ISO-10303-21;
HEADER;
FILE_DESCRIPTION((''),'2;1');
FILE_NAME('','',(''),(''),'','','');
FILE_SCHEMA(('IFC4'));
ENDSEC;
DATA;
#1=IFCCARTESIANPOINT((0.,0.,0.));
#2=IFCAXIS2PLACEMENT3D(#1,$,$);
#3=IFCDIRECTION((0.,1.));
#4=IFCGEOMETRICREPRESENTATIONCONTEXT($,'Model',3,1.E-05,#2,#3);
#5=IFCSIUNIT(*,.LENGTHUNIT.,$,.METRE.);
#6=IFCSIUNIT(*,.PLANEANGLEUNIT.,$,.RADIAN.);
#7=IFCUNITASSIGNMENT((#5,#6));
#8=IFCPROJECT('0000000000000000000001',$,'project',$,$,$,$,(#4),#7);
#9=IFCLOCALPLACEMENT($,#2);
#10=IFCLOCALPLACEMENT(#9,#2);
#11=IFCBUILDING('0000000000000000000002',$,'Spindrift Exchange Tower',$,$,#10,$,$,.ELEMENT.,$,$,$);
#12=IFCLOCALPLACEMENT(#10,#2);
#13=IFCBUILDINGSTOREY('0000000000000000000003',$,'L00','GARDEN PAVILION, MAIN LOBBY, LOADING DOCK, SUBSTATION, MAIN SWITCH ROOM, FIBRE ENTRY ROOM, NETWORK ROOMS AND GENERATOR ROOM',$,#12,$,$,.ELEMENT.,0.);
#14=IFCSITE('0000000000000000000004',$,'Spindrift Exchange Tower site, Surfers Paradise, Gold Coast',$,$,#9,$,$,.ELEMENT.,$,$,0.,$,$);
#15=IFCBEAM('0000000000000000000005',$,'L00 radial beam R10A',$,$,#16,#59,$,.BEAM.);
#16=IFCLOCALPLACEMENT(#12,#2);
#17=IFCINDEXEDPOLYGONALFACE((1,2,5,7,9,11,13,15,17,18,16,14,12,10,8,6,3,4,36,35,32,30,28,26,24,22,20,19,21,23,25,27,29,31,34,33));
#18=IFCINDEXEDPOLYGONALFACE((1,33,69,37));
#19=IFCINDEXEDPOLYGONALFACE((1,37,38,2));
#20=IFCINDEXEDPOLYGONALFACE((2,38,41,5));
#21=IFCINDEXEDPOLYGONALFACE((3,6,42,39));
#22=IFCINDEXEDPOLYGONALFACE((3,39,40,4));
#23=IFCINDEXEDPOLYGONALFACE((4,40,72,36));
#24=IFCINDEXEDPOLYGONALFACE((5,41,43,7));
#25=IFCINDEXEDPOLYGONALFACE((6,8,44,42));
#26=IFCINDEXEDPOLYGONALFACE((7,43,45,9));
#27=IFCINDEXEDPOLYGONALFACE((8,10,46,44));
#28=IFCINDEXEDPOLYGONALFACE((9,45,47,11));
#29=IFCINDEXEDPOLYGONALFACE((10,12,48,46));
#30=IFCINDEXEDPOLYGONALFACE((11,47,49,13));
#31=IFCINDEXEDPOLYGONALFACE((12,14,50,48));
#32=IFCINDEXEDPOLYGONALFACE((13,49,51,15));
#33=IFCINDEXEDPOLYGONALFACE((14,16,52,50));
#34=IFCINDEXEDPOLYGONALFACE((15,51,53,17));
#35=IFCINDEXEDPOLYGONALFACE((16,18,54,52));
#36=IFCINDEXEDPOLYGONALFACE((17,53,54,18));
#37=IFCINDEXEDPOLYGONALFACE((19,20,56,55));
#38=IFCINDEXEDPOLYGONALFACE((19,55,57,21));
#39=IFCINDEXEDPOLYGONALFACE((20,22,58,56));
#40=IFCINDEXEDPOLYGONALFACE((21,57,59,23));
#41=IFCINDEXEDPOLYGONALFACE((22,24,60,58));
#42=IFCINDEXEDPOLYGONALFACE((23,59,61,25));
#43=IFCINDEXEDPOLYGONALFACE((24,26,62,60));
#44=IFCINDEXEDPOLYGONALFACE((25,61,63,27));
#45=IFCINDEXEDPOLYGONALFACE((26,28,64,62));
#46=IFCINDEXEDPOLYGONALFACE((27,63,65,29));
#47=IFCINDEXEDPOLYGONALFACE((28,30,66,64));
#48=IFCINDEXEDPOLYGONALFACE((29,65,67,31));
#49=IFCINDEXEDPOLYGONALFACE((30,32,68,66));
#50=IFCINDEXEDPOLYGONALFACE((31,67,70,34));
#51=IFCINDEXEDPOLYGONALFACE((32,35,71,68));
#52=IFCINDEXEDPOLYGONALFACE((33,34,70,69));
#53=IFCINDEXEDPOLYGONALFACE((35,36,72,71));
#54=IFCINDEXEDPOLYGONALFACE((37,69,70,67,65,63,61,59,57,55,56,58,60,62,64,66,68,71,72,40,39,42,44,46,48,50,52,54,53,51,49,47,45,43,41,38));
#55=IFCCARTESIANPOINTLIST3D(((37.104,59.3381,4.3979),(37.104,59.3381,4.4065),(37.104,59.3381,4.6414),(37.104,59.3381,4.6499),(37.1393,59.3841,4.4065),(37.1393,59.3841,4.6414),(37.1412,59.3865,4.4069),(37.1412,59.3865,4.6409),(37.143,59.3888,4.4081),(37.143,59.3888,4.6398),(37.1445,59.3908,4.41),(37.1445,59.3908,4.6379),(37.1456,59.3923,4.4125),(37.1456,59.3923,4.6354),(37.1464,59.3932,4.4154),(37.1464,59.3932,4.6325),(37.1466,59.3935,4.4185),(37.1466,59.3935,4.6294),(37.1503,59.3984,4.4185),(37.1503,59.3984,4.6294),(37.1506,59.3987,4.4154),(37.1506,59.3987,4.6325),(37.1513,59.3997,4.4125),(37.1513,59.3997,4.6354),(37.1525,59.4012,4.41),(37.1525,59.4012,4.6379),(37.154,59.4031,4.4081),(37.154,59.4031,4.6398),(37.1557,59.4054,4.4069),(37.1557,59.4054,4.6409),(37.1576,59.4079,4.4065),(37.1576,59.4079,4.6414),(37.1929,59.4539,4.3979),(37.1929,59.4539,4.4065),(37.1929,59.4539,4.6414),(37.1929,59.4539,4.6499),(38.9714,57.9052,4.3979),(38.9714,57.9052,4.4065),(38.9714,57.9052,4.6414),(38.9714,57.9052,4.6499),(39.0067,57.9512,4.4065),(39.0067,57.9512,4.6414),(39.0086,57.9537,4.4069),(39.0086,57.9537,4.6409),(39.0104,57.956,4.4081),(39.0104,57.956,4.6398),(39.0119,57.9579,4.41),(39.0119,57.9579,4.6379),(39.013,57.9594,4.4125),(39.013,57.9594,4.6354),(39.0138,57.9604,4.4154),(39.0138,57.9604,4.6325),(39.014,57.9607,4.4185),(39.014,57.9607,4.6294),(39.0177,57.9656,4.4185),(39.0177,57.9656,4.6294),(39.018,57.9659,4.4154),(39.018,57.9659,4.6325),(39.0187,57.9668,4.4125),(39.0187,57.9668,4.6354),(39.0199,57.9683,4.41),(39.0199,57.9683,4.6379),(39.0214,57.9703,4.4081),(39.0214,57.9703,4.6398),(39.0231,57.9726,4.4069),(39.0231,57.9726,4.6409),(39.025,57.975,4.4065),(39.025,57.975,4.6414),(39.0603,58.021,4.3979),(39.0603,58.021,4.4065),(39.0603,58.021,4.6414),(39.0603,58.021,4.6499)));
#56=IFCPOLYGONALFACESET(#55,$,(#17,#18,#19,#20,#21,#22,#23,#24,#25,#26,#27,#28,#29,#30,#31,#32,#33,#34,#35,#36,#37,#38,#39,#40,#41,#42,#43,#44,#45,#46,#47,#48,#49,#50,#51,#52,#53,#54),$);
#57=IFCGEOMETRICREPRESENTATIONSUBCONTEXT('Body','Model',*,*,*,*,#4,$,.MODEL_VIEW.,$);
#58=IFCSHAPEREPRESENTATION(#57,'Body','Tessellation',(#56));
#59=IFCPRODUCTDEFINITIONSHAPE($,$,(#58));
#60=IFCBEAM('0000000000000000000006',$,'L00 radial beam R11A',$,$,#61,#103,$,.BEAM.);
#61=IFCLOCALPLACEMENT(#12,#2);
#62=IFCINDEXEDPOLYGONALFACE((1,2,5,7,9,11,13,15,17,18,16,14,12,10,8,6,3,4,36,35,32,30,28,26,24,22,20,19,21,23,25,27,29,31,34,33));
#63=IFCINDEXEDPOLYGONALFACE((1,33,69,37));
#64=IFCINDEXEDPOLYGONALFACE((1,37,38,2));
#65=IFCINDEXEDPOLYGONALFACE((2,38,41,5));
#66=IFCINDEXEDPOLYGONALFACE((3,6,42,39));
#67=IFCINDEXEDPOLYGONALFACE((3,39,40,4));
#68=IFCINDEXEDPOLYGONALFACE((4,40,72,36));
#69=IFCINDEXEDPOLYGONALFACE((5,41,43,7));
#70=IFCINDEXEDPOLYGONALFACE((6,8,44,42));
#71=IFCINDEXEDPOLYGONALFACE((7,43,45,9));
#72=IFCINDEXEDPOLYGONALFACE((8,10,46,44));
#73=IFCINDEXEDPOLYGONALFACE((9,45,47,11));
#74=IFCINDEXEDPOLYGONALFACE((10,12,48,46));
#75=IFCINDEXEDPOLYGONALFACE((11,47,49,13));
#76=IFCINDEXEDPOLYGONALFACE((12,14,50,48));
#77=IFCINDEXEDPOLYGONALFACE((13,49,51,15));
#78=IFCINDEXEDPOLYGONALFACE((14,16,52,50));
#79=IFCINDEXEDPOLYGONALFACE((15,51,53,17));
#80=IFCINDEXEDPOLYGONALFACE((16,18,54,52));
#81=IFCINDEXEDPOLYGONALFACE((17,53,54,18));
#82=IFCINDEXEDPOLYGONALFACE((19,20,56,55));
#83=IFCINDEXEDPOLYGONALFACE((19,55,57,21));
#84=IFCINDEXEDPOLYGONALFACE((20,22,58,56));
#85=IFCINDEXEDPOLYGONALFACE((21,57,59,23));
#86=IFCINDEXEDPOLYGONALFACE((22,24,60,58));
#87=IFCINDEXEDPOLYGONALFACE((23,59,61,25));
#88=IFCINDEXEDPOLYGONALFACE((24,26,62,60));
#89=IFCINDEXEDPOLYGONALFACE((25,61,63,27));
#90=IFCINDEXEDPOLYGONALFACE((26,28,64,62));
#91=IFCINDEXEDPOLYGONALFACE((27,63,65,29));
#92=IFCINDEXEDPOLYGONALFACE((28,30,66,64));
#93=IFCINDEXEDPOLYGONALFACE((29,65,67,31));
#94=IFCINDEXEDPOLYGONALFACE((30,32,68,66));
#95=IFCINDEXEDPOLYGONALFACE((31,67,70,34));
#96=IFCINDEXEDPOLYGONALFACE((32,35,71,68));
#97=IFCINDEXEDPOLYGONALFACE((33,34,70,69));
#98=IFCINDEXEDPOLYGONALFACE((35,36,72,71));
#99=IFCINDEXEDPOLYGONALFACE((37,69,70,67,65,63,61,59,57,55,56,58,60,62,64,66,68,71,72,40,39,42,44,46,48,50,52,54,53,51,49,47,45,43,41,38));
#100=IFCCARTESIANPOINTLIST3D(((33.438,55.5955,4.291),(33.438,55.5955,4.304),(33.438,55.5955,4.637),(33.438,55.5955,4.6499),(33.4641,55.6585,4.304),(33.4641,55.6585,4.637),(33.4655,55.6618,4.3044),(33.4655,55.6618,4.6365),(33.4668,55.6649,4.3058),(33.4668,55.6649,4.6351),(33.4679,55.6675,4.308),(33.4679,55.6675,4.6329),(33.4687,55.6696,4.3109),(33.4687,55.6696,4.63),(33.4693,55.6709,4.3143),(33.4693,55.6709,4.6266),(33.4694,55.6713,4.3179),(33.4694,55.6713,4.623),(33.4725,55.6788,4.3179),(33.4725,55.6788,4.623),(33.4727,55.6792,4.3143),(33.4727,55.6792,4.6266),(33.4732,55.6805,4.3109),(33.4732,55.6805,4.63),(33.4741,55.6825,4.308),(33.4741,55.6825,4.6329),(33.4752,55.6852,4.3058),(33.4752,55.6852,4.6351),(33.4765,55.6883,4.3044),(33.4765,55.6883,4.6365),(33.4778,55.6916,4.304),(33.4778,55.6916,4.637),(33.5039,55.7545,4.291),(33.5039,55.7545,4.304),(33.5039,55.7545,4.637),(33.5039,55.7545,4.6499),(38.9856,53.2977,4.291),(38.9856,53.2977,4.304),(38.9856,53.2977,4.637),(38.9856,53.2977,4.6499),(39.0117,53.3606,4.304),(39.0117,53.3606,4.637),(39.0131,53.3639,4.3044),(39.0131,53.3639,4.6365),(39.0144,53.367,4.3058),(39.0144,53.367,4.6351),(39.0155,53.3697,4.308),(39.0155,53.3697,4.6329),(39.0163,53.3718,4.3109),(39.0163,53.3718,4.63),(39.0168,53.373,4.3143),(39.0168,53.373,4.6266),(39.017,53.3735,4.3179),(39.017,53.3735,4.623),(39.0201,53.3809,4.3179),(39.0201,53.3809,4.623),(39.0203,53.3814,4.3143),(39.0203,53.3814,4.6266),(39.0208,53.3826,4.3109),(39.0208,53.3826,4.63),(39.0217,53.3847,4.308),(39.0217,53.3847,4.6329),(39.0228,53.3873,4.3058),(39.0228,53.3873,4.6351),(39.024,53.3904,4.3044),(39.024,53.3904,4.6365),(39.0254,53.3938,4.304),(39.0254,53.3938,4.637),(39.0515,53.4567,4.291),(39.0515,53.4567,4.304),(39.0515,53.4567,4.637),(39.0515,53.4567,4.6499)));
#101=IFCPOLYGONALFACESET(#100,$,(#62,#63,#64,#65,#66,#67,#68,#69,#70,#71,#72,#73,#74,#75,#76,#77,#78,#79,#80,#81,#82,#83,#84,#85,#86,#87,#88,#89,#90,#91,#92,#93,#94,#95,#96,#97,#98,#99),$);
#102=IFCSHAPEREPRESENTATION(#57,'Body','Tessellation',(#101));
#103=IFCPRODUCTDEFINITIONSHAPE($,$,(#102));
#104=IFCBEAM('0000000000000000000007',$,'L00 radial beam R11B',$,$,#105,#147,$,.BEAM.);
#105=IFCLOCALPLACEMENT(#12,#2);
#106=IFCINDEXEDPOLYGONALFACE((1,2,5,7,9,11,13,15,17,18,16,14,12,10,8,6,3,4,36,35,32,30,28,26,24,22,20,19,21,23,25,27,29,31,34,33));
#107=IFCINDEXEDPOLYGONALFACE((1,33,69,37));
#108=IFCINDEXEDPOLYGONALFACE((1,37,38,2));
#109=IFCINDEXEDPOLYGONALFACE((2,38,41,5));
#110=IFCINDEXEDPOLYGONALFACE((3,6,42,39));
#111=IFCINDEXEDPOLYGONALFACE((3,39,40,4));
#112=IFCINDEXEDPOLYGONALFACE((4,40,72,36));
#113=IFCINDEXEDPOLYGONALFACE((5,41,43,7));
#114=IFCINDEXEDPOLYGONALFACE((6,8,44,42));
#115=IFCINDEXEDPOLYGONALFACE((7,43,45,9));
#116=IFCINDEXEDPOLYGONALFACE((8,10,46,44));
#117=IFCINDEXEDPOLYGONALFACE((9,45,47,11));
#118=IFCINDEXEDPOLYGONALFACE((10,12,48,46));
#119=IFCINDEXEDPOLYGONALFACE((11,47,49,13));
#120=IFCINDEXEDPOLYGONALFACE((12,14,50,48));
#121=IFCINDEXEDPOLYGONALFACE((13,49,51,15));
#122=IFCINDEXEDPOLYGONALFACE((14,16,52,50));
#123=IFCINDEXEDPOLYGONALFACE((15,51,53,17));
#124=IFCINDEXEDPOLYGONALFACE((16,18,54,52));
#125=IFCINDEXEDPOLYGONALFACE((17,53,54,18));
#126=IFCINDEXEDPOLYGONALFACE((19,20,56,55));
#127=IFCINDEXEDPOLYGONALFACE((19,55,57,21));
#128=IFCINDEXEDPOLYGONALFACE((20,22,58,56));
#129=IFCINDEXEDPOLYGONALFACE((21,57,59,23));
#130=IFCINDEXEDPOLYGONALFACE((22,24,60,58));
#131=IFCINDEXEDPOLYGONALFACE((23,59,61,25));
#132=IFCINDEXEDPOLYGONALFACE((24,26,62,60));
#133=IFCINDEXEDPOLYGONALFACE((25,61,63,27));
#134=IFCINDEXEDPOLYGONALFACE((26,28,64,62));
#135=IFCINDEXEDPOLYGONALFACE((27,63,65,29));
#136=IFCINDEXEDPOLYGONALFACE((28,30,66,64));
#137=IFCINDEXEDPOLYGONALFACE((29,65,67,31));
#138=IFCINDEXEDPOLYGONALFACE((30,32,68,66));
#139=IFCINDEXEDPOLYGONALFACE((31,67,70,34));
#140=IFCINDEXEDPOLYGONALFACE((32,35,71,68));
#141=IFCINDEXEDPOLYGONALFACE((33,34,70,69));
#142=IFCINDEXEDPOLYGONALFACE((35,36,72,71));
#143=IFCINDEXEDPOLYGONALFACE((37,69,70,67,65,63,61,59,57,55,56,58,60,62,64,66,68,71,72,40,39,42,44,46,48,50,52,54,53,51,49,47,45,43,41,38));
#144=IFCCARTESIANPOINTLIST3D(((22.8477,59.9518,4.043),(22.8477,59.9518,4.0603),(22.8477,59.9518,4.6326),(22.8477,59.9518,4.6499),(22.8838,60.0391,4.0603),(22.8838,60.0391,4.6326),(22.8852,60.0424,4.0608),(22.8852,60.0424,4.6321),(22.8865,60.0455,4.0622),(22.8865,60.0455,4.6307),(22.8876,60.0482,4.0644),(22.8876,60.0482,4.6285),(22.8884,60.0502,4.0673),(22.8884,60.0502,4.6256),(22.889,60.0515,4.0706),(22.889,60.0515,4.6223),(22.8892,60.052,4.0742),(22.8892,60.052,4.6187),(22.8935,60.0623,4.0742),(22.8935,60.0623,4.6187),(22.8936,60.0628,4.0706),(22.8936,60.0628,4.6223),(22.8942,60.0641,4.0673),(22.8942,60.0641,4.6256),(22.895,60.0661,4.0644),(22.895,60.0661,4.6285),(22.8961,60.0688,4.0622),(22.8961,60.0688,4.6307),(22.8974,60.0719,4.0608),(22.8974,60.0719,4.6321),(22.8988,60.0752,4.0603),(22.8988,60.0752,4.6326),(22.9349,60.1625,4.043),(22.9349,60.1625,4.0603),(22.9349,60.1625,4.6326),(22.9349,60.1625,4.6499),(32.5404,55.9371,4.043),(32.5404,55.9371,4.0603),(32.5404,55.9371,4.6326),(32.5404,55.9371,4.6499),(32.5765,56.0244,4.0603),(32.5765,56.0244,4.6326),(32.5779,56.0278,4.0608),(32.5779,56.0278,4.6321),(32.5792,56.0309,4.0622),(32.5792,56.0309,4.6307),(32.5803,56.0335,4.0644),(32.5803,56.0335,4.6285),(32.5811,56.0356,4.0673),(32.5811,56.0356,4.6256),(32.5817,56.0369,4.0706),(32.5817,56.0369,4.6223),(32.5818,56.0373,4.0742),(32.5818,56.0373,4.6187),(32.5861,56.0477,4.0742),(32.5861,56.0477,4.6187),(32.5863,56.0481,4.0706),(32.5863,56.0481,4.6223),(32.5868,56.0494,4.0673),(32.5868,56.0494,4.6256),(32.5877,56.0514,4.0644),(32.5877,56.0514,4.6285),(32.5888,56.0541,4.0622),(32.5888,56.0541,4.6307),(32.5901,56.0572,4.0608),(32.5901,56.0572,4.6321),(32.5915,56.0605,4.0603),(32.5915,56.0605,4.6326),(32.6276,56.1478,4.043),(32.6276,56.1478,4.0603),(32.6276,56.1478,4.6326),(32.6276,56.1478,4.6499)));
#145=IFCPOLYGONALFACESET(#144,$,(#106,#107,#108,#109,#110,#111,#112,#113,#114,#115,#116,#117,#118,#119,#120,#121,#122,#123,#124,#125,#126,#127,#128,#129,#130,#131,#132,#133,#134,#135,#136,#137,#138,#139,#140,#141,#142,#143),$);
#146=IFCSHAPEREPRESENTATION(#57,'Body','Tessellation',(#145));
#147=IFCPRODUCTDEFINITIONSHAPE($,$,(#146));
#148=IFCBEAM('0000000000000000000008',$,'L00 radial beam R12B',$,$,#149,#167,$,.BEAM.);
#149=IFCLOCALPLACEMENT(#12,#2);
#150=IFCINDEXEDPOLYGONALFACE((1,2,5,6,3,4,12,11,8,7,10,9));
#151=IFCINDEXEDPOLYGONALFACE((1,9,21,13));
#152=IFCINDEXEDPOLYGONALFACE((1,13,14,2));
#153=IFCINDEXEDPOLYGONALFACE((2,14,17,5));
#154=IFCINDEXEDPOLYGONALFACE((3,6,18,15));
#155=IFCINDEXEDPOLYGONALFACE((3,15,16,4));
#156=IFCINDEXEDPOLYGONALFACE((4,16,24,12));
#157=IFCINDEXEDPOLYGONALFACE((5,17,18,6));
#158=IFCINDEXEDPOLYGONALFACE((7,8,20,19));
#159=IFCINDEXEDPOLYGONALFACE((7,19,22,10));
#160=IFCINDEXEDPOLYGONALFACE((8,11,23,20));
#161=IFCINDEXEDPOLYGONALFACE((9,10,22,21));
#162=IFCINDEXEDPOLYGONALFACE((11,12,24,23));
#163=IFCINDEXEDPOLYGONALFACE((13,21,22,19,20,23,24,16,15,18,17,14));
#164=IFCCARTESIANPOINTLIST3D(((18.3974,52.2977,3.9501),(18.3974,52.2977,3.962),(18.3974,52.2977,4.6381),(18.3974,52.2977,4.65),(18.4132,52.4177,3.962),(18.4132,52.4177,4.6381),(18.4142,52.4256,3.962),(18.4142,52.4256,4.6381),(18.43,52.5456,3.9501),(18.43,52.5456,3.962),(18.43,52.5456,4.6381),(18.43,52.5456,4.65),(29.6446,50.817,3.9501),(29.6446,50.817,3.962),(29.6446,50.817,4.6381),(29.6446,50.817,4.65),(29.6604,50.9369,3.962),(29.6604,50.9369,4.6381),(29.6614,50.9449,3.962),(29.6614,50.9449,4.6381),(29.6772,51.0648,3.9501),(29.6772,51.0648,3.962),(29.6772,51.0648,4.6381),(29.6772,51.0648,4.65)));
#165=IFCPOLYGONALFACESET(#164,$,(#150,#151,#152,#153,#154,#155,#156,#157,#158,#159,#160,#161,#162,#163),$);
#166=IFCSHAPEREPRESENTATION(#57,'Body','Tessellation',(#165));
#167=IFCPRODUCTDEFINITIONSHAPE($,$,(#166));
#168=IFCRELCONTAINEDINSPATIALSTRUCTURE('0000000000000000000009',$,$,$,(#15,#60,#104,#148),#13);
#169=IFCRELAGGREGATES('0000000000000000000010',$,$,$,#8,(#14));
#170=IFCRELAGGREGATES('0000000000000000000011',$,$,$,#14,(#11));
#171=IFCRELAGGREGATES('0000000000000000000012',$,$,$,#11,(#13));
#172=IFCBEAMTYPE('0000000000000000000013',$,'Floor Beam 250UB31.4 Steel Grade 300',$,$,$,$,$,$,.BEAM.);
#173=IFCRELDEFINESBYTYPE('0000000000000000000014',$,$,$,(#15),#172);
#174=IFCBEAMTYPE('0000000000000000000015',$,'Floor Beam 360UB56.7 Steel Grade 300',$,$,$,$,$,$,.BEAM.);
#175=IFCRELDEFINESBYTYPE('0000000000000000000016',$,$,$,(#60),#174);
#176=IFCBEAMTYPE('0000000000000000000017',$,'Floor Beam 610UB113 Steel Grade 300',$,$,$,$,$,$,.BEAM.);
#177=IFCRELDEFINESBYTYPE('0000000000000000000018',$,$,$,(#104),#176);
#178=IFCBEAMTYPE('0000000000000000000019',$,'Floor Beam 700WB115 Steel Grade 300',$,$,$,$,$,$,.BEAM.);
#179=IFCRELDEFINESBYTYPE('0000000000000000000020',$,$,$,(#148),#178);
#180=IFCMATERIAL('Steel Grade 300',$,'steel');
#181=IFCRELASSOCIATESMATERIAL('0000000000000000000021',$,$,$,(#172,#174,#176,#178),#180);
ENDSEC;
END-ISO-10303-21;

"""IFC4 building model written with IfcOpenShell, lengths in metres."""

from ifc_helpers import new_model, si_unit, direction, frame, origin, origin_2d, place, context, subcontext, project, spatial, i_section, extrude, source, transform, mapped, material, material_profile, profile_set, type_object, element, save


model = new_model("IFC4")

# Units and contexts
model_context = context("Model", 3, precision=1e-05, world=origin(), true_north=direction((0.0, 1.0)))
body_context = subcontext(model_context, "Body", "Model", "MODEL_VIEW")
ifc_project = project(units=[si_unit("LENGTHUNIT", "METRE"), si_unit("PLANEANGLEUNIT", "RADIAN")], contexts=[model_context])

# Site, building, storey
site_placement = place(None, origin())
site = spatial("IfcSite", under=ifc_project, at=site_placement, Name="Spindrift Exchange Tower site, Surfers Paradise, Gold Coast", CompositionType="ELEMENT", RefElevation=0.0)
building_placement = place(site_placement, origin())
building = spatial("IfcBuilding", under=site, at=building_placement, Name="Spindrift Exchange Tower", CompositionType="ELEMENT")
storey_placement = place(building_placement, origin())
storey = spatial("IfcBuildingStorey", under=building, at=storey_placement, Name="L00", Description="GARDEN PAVILION, MAIN LOBBY, LOADING DOCK, SUBSTATION, MAIN SWITCH ROOM, FIBRE ENTRY ROOM, NETWORK ROOMS AND GENERATOR ROOM", CompositionType="ELEMENT", Elevation=0.0)

# Beams
ifc_material_1 = material(Name="Steel Grade 300", Category="steel")
ifc_material_profile_1 = material_profile(ifc_material_1, i_section(OverallWidth=0.146, OverallDepth=0.252, WebThickness=0.0061, FlangeThickness=0.0085, FilletRadius=0.012, at=origin_2d()), Name="250UB31.4")
ifc_profile_set_1 = profile_set([ifc_material_profile_1], Name="Steel Grade 300")
beam_type_1 = type_object("IfcBeamType", Name="Floor Beam 250UB31.4 Steel Grade 300", PredefinedType="BEAM", material=ifc_profile_set_1)
shared_shape_1 = source(origin(), body_context, "Body", "SweptSolid", [
    extrude(i_section(OverallWidth=0.146, OverallDepth=0.252, WebThickness=0.0061, FlangeThickness=0.0085, FilletRadius=0.012, at=origin_2d()), origin(), (0.0, 0.0, 1.0), 2.3538),
])
beam_1_placement = place(storey_placement, frame((39.0159, 57.9631, 4.5239), z_axis=(-0.793368, 0.608743, 0.0), x_axis=(-0.608743, -0.793368, 0.0)))
element("IfcBeam", 1, at=beam_1_placement, inside=storey, type_object=beam_type_1, Name="L00 radial beam R10A", PredefinedType="BEAM", context=body_context, shape_type="MappedRepresentation", body=[
    mapped(shared_shape_1, transform((0.0, 0.0, 0.0), scale=1.0)),
])
ifc_material_profile_2 = material_profile(ifc_material_1, i_section(OverallWidth=0.1721, OverallDepth=0.3589, WebThickness=0.0081, FlangeThickness=0.0129, FilletRadius=0.0139, at=origin_2d()), Name="360UB56.7")
ifc_profile_set_2 = profile_set([ifc_material_profile_2], Name="Steel Grade 300")
beam_type_2 = type_object("IfcBeamType", Name="Floor Beam 360UB56.7 Steel Grade 300", PredefinedType="BEAM", material=ifc_profile_set_2)
shared_shape_2 = source(origin(), body_context, "Body", "SweptSolid", [
    extrude(i_section(OverallWidth=0.1721, OverallDepth=0.3589, WebThickness=0.0081, FlangeThickness=0.0129, FilletRadius=0.0139, at=origin_2d()), origin(), (0.0, 0.0, 1.0), 6.0046),
])
beam_2_placement = place(storey_placement, frame((39.0186, 53.3772, 4.4705), z_axis=(-0.923882, 0.382677, 0.0), x_axis=(-0.382677, -0.923882, 0.0)))
element("IfcBeam", 2, at=beam_2_placement, inside=storey, type_object=beam_type_2, Name="L00 radial beam R11A", PredefinedType="BEAM", context=body_context, shape_type="MappedRepresentation", body=[
    mapped(shared_shape_2, transform((0.0, 0.0, 0.0), scale=1.0)),
])
ifc_material_profile_3 = material_profile(ifc_material_1, i_section(OverallWidth=0.228, OverallDepth=0.6069, WebThickness=0.0112, FlangeThickness=0.0173, FilletRadius=0.0139, at=origin_2d()), Name="610UB113")
ifc_profile_set_3 = profile_set([ifc_material_profile_3], Name="Steel Grade 300")
beam_type_3 = type_object("IfcBeamType", Name="Floor Beam 610UB113 Steel Grade 300", PredefinedType="BEAM", material=ifc_profile_set_3)
shared_shape_3 = source(origin(), body_context, "Body", "SweptSolid", [
    extrude(i_section(OverallWidth=0.228, OverallDepth=0.6069, WebThickness=0.0112, FlangeThickness=0.0173, FilletRadius=0.0139, at=origin_2d()), origin(), (0.0, 0.0, 1.0), 10.4912),
])
beam_3_placement = place(storey_placement, frame((32.584, 56.0425, 4.3464), z_axis=(-0.923885, 0.38267, 0.0), x_axis=(-0.38267, -0.923885, 0.0)))
element("IfcBeam", 3, at=beam_3_placement, inside=storey, type_object=beam_type_3, Name="L00 radial beam R11B", PredefinedType="BEAM", context=body_context, shape_type="MappedRepresentation", body=[
    mapped(shared_shape_3, transform((0.0, 0.0, 0.0), scale=1.0)),
])
ifc_material_profile_4 = material_profile(ifc_material_1, i_section(OverallWidth=0.25, OverallDepth=0.7, WebThickness=0.0081, FlangeThickness=0.012, at=origin_2d()), Name="700WB115")
ifc_profile_set_4 = profile_set([ifc_material_profile_4], Name="Steel Grade 300")
beam_type_4 = type_object("IfcBeamType", Name="Floor Beam 700WB115 Steel Grade 300", PredefinedType="BEAM", material=ifc_profile_set_4)
shared_shape_4 = source(origin(), body_context, "Body", "SweptSolid", [
    extrude(i_section(OverallWidth=0.25, OverallDepth=0.7, WebThickness=0.0081, FlangeThickness=0.012, at=origin_2d()), origin(), (0.0, 0.0, 1.0), 11.3442),
])
beam_4_placement = place(storey_placement, frame((29.6609, 50.9409, 4.3), z_axis=(-0.991445, 0.130527, 0.0), x_axis=(-0.130527, -0.991445, 0.0)))
element("IfcBeam", 4, at=beam_4_placement, inside=storey, type_object=beam_type_4, Name="L00 radial beam R12B", PredefinedType="BEAM", context=body_context, shape_type="MappedRepresentation", body=[
    mapped(shared_shape_4, transform((0.0, 0.0, 0.0), scale=1.0)),
])

save(model, "model.ifc")
